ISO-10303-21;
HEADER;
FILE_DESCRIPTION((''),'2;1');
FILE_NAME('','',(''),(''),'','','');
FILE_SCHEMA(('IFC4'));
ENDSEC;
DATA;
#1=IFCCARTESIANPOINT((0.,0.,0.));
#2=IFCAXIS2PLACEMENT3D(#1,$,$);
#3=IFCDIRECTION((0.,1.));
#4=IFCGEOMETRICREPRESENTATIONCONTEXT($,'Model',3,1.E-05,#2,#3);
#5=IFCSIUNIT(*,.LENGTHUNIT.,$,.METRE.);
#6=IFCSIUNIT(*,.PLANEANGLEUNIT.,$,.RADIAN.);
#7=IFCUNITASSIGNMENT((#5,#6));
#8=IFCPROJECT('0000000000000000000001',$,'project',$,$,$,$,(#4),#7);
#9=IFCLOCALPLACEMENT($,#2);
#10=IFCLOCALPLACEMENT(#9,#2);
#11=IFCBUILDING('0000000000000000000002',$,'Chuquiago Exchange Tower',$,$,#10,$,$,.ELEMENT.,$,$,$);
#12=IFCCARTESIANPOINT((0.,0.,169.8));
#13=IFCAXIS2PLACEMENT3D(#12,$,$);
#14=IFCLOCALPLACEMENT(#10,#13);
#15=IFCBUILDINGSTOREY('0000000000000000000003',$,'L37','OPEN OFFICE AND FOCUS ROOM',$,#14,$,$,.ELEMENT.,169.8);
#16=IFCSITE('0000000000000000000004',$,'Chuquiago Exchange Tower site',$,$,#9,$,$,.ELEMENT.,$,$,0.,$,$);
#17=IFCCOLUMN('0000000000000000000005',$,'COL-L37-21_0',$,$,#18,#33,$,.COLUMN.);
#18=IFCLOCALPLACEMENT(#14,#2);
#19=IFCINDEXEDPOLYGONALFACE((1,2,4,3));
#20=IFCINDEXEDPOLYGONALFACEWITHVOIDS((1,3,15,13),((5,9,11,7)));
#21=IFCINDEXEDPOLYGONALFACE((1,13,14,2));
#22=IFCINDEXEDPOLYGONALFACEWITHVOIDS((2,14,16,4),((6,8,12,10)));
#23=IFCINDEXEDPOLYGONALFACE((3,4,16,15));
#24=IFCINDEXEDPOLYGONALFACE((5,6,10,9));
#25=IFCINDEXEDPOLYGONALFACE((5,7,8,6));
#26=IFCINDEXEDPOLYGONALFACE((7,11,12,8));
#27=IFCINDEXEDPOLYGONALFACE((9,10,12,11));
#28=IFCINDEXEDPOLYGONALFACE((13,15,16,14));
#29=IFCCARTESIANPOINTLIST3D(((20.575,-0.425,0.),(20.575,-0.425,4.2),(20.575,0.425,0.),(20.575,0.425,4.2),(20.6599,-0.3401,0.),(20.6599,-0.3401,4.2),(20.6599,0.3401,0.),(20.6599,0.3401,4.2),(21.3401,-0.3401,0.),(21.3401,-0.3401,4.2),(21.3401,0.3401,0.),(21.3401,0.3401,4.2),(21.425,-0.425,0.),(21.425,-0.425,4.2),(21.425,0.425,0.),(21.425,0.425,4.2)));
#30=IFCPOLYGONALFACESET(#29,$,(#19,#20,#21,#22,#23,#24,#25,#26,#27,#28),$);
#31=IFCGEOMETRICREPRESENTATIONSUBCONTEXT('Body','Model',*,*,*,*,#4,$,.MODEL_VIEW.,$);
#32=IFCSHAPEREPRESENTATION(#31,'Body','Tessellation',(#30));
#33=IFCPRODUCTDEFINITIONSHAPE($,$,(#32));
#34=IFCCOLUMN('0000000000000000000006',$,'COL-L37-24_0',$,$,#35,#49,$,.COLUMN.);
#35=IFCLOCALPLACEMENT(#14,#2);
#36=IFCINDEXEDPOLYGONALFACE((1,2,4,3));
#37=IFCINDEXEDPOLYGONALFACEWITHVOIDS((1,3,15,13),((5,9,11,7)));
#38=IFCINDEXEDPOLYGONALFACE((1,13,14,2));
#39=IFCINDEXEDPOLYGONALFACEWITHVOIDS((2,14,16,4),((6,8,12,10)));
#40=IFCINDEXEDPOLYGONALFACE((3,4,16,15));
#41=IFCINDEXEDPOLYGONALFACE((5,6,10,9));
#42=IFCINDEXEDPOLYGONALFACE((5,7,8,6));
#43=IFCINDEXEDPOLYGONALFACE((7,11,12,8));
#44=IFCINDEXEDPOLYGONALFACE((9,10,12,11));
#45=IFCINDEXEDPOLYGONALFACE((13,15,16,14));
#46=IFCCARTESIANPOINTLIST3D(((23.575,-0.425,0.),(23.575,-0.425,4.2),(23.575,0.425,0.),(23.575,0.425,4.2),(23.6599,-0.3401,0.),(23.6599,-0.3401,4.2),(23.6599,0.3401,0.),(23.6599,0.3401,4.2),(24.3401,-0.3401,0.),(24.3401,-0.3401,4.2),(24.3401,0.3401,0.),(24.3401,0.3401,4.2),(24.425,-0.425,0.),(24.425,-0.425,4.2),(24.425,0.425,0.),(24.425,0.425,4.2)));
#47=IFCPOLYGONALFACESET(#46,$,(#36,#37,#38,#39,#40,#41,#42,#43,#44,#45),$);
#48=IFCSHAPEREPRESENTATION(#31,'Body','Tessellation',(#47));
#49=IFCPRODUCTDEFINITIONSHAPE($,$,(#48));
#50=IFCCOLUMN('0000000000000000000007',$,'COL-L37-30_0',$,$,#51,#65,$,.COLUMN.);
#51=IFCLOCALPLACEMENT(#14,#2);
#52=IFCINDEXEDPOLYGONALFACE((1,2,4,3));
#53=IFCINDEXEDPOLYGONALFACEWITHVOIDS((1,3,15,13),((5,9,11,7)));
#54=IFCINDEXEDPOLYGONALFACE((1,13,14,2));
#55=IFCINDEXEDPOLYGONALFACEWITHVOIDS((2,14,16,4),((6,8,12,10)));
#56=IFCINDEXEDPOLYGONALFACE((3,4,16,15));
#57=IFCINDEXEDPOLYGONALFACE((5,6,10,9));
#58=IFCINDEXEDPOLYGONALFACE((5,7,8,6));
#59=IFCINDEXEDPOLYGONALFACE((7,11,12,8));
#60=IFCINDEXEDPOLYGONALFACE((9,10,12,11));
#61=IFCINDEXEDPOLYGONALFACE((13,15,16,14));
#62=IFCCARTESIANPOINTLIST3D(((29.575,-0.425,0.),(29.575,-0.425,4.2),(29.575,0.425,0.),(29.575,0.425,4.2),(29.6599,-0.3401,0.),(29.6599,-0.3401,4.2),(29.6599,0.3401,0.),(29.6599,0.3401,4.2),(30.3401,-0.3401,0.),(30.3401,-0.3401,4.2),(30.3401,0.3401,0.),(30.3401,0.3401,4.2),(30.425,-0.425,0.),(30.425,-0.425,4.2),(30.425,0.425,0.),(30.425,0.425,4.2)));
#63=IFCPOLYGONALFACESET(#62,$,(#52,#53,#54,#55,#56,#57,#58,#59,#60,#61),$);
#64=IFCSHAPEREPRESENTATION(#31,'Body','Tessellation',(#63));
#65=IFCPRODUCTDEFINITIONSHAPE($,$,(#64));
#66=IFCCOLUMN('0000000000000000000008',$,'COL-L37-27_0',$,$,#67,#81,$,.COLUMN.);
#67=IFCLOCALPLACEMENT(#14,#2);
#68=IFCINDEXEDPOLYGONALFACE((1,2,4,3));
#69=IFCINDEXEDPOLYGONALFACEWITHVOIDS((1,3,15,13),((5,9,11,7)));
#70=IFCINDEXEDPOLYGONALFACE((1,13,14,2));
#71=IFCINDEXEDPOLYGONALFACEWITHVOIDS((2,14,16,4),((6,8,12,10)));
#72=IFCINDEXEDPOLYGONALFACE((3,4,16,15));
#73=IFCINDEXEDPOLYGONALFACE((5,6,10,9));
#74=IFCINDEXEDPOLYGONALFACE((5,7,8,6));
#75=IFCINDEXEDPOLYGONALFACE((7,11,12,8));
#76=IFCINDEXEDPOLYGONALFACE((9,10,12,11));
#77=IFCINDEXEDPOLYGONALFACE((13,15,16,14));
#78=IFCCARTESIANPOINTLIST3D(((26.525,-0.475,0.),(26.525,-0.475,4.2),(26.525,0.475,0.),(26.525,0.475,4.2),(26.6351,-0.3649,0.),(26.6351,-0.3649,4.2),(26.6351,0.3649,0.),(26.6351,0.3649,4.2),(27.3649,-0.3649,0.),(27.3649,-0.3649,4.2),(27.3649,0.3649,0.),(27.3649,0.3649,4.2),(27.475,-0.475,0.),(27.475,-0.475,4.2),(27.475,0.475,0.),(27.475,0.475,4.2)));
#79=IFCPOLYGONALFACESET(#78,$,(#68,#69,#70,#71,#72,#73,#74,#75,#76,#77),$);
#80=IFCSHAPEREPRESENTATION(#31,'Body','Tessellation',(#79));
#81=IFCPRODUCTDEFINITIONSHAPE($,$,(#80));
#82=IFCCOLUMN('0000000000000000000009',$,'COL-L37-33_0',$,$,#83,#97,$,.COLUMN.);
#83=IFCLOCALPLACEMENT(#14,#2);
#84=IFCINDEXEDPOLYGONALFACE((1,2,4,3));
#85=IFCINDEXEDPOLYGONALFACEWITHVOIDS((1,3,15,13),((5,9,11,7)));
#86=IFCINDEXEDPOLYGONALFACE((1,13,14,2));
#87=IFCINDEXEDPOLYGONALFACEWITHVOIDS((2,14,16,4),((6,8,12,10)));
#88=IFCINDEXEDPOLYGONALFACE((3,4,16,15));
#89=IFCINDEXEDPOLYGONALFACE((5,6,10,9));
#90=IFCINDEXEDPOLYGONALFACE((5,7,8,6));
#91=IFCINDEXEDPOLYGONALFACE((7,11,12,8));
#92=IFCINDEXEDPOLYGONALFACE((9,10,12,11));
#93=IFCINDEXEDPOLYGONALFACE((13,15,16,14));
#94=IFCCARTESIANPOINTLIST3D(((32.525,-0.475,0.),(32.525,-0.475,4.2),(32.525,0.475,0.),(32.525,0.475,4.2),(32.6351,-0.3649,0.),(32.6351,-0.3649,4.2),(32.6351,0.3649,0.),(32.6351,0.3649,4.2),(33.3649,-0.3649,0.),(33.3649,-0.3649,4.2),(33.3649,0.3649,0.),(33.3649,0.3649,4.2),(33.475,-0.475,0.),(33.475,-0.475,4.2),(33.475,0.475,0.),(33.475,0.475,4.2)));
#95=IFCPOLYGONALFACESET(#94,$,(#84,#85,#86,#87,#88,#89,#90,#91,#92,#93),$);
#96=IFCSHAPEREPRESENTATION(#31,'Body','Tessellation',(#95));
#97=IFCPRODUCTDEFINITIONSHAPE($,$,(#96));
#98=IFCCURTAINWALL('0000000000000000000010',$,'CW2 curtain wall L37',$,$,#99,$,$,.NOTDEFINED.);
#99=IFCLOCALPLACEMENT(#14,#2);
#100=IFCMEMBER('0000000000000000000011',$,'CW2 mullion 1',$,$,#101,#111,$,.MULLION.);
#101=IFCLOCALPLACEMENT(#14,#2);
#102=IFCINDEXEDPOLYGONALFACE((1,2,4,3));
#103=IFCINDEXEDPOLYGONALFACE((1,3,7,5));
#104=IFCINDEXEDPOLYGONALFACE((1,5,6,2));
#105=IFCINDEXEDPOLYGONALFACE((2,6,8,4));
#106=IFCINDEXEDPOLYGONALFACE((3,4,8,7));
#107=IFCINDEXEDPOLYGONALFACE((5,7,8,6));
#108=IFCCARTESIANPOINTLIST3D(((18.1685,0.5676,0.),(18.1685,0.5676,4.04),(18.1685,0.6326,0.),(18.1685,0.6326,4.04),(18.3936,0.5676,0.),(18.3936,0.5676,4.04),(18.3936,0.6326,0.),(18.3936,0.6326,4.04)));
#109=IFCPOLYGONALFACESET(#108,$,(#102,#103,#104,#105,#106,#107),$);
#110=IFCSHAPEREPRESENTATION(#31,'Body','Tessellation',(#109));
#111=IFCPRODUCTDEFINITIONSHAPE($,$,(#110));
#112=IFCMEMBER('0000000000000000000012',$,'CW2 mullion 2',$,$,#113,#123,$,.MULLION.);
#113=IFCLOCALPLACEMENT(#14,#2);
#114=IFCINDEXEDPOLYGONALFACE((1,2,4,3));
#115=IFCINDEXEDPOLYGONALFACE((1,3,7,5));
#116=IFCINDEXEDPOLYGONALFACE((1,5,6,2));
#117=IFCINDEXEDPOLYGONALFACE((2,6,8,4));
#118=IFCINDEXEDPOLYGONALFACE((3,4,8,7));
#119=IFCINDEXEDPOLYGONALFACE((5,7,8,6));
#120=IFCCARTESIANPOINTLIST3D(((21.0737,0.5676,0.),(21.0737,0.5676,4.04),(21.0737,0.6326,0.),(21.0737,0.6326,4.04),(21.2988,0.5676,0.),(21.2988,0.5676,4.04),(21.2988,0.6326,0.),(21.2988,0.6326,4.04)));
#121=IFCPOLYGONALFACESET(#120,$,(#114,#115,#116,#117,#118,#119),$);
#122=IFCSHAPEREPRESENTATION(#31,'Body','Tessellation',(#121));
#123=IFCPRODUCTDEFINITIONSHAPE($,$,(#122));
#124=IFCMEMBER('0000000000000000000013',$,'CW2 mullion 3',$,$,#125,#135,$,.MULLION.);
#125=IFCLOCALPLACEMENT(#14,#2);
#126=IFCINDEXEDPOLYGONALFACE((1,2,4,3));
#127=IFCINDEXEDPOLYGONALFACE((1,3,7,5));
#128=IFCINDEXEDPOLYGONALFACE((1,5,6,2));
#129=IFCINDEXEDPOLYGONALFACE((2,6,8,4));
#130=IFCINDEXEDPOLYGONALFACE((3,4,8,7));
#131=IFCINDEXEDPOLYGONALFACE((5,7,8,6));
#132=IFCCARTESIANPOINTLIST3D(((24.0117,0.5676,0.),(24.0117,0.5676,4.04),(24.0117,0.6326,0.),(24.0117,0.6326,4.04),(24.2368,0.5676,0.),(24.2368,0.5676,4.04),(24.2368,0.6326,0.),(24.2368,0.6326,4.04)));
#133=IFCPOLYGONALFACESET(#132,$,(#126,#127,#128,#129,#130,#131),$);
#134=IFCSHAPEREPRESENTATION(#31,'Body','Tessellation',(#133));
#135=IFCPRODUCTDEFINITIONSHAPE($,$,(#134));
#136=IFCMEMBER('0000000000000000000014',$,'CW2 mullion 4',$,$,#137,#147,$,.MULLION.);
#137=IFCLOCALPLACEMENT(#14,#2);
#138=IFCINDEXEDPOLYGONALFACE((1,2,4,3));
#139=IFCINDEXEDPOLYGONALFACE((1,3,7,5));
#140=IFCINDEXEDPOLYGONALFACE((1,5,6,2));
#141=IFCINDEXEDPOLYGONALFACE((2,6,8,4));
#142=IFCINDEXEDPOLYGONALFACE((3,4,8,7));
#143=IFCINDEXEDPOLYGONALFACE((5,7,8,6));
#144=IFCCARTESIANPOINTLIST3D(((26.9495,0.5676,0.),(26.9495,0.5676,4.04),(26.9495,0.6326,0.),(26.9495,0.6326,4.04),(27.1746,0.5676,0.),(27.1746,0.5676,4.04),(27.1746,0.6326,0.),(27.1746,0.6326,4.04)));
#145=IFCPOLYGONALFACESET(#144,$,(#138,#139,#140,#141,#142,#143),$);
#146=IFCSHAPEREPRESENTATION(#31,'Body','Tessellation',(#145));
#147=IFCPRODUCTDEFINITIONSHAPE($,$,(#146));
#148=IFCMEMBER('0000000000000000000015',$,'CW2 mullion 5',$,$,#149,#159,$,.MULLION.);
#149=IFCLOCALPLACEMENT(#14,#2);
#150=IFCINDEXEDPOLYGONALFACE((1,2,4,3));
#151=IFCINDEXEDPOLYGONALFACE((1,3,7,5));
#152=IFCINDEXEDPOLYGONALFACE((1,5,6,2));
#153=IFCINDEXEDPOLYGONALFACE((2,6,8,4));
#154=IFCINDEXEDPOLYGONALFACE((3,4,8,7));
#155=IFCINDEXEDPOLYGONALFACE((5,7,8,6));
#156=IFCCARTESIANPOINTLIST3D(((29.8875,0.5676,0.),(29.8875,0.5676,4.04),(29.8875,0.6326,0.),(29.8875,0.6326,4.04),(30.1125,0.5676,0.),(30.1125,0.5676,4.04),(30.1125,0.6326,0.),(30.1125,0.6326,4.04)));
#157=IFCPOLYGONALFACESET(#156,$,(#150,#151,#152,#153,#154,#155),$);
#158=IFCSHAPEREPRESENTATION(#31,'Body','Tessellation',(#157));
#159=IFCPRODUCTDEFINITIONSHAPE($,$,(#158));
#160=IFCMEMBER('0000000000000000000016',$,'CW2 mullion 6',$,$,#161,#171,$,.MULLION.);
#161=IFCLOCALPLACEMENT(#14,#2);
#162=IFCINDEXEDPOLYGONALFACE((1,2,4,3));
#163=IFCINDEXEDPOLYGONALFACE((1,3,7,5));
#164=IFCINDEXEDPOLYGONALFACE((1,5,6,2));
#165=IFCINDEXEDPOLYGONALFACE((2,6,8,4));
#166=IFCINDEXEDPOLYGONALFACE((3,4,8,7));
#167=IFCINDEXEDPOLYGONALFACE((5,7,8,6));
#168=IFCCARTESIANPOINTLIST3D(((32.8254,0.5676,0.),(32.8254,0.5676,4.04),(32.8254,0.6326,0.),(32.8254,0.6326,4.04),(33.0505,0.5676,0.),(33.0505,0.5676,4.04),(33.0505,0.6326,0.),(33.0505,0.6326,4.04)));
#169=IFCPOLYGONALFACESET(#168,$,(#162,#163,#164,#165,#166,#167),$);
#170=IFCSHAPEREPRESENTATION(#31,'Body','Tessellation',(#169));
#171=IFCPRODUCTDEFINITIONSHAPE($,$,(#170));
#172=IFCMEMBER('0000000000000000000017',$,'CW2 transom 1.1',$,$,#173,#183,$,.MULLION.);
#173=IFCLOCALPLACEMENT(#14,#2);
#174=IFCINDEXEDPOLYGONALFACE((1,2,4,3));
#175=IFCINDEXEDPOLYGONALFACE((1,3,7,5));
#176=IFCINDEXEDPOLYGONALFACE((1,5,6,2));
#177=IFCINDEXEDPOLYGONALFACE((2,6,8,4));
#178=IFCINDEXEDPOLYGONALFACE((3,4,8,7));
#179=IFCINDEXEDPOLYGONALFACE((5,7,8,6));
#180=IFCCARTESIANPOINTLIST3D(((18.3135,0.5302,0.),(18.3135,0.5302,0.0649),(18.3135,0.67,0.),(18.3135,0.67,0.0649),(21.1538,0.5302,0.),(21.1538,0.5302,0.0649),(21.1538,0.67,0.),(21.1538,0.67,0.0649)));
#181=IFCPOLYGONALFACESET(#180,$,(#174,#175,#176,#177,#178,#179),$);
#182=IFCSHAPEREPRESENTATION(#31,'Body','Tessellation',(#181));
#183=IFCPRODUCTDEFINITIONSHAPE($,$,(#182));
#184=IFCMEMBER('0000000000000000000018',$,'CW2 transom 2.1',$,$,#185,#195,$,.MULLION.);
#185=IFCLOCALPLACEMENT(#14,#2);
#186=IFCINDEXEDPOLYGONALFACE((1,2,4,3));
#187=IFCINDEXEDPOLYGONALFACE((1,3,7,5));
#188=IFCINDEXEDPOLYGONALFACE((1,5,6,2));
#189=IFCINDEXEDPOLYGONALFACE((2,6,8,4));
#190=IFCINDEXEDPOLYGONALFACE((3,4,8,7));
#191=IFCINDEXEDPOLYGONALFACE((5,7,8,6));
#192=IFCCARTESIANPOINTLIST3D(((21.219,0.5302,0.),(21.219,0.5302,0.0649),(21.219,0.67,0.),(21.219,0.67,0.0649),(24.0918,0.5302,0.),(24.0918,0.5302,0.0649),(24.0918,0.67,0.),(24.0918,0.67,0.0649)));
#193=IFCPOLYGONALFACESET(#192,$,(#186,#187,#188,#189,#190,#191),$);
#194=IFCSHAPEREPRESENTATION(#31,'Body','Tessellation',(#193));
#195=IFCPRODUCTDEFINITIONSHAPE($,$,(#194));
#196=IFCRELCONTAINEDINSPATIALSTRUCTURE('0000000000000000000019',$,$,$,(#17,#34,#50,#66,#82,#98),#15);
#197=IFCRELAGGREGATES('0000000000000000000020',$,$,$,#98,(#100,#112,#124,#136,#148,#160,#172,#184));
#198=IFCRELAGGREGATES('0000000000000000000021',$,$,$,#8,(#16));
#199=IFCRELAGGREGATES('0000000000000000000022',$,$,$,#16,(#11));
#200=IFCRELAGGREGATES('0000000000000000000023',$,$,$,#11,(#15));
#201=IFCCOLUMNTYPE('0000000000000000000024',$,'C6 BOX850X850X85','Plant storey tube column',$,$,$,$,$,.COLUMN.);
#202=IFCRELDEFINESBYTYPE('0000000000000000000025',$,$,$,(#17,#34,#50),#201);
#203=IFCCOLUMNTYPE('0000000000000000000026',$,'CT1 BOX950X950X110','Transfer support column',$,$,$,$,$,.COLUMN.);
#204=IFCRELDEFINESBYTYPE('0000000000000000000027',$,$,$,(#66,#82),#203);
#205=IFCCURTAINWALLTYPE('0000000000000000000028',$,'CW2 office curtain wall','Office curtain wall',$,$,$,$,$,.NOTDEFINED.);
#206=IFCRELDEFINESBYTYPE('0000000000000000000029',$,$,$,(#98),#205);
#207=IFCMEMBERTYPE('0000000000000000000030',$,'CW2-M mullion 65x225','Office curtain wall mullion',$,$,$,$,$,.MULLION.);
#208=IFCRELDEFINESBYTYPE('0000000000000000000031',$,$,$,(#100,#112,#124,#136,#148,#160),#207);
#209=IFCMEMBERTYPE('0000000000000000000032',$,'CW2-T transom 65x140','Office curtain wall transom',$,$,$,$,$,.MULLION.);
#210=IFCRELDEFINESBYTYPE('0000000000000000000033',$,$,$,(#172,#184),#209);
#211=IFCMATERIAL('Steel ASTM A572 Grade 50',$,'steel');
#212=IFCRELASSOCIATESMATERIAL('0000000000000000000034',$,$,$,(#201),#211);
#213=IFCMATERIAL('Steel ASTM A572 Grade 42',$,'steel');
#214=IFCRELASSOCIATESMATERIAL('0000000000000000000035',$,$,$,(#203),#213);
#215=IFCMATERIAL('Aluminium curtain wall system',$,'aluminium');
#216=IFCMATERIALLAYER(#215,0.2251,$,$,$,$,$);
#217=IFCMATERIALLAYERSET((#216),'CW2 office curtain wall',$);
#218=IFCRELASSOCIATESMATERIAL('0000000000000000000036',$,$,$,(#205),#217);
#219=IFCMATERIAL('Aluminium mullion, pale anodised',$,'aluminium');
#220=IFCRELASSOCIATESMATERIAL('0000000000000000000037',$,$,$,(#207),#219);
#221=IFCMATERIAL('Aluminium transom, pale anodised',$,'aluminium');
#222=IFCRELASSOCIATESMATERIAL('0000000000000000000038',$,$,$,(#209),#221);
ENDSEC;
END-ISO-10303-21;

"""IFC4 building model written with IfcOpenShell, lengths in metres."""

from ifc_helpers import new_model, si_unit, direction, frame, origin, origin_2d, place, context, subcontext, project, spatial, rectangle, hollow_rectangle, extrude, material, layer, layer_set, material_profile, profile_set, type_object, element, aggregate, save


model = new_model("IFC4")

# Units and contexts
model_context = context("Model", 3, precision=1e-05, world=origin(), true_north=direction((0.0, 1.0)))
body_context = subcontext(model_context, "Body", "Model", "MODEL_VIEW")
ifc_project = project(units=[si_unit("LENGTHUNIT", "METRE"), si_unit("PLANEANGLEUNIT", "RADIAN")], contexts=[model_context])

# Site, building, storey
site_placement = place(None, origin())
site = spatial("IfcSite", under=ifc_project, at=site_placement, Name="Chuquiago Exchange Tower site", CompositionType="ELEMENT", RefElevation=0.0)
building_placement = place(site_placement, origin())
building = spatial("IfcBuilding", under=site, at=building_placement, Name="Chuquiago Exchange Tower", CompositionType="ELEMENT")
storey_placement = place(building_placement, frame((0.0, 0.0, 169.8)))
storey = spatial("IfcBuildingStorey", under=building, at=storey_placement, Name="L37", Description="OPEN OFFICE AND FOCUS ROOM", CompositionType="ELEMENT", Elevation=169.8)

# Columns
ifc_material_1 = material(Name="Steel ASTM A572 Grade 50", Category="steel")
ifc_material_profile_1 = material_profile(ifc_material_1, hollow_rectangle(XDim=0.8501, YDim=0.8501, WallThickness=0.085, at=origin_2d()), Name="BOX850X850X85")
ifc_profile_set_1 = profile_set([ifc_material_profile_1], Name="Steel ASTM A572 Grade 50")
column_type_1 = type_object("IfcColumnType", Name="C6 BOX850X850X85", Description="Plant storey tube column", PredefinedType="COLUMN", material=ifc_profile_set_1)
for number, where, z_axis, x_axis, name in (
    (1, (21.0, 0.0, 0.0), (0.0, 0.0, 1.0), (0.0, -1.0, 0.0), "COL-L37-21_0"),
    (2, (24.0, 0.0, 0.0), (0.0, 0.0, 1.0), (0.0, -1.0, 0.0), "COL-L37-24_0"),
    (3, (30.0, 0.0, 0.0), (0.0, 0.0, 1.0), (0.0, -1.0, 0.0), "COL-L37-30_0"),
):
    element("IfcColumn", number, at=place(storey_placement, frame(where, z_axis=z_axis, x_axis=x_axis)), inside=storey, type_object=column_type_1, Name=name, PredefinedType="COLUMN", context=body_context, shape_type="SweptSolid", body=[
        extrude(hollow_rectangle(XDim=0.8501, YDim=0.8501, WallThickness=0.085, at=origin_2d()), origin(), (0.0, 0.0, 1.0), 4.2),
    ])
ifc_material_2 = material(Name="Steel ASTM A572 Grade 42", Category="steel")
ifc_material_profile_2 = material_profile(ifc_material_2, hollow_rectangle(XDim=0.95, YDim=0.95, WallThickness=0.1101, at=origin_2d()), Name="BOX950X950X110")
ifc_profile_set_2 = profile_set([ifc_material_profile_2], Name="Steel ASTM A572 Grade 42")
column_type_2 = type_object("IfcColumnType", Name="CT1 BOX950X950X110", Description="Transfer support column", PredefinedType="COLUMN", material=ifc_profile_set_2)
for number, where, z_axis, x_axis, name in (
    (4, (27.0, 0.0, 0.0), (0.0, 0.0, 1.0), (0.0, -1.0, 0.0), "COL-L37-27_0"),
    (5, (33.0, 0.0, 0.0), (0.0, 0.0, 1.0), (0.0, -1.0, 0.0), "COL-L37-33_0"),
):
    element("IfcColumn", number, at=place(storey_placement, frame(where, z_axis=z_axis, x_axis=x_axis)), inside=storey, type_object=column_type_2, Name=name, PredefinedType="COLUMN", context=body_context, shape_type="SweptSolid", body=[
        extrude(hollow_rectangle(XDim=0.95, YDim=0.95, WallThickness=0.1101, at=origin_2d()), origin(), (0.0, 0.0, 1.0), 4.2),
    ])

# Curtain wall, members
ifc_material_3 = material(Name="Aluminium curtain wall system", Category="aluminium")
ifc_layer_1 = layer(ifc_material_3, 0.2251)
ifc_layer_set_1 = layer_set([ifc_layer_1], Name="CW2 office curtain wall")
curtain_wall_type_1 = type_object("IfcCurtainWallType", Name="CW2 office curtain wall", Description="Office curtain wall", PredefinedType="NOTDEFINED", material=ifc_layer_set_1)
curtain_wall_1_placement = place(storey_placement, origin())
curtain_wall_1 = element("IfcCurtainWall", 6, at=curtain_wall_1_placement, inside=storey, type_object=curtain_wall_type_1, Name="CW2 curtain wall L37", PredefinedType="NOTDEFINED")
ifc_material_4 = material(Name="Aluminium mullion, pale anodised", Category="aluminium")
ifc_material_profile_3 = material_profile(ifc_material_4, rectangle(XDim=0.0649, YDim=0.2251, at=origin_2d()), Name="AL 65x225")
ifc_profile_set_3 = profile_set([ifc_material_profile_3], Name="Aluminium mullion, pale anodised")
member_type_1 = type_object("IfcMemberType", Name="CW2-M mullion 65x225", Description="Office curtain wall mullion", PredefinedType="MULLION", material=ifc_profile_set_3)
member_1_placement = place(storey_placement, frame((18.281, 0.6001, 0.0), z_axis=(0.0, 0.0, 1.0), x_axis=(0.0, 1.0, 0.0)))
member_1 = element("IfcMember", 7, at=member_1_placement, type_object=member_type_1, Name="CW2 mullion 1", PredefinedType="MULLION", context=body_context, shape_type="SweptSolid", body=[
    extrude(rectangle(XDim=0.0649, YDim=0.2251, at=origin_2d()), origin(), (0.0, 0.0, 1.0), 4.04),
])
member_2_placement = place(storey_placement, frame((21.1863, 0.6001, 0.0), z_axis=(0.0, 0.0, 1.0), x_axis=(0.0, 1.0, 0.0)))
member_2 = element("IfcMember", 8, at=member_2_placement, type_object=member_type_1, Name="CW2 mullion 2", PredefinedType="MULLION", context=body_context, shape_type="SweptSolid", body=[
    extrude(rectangle(XDim=0.0649, YDim=0.2251, at=origin_2d()), origin(), (0.0, 0.0, 1.0), 4.04),
])
member_3_placement = place(storey_placement, frame((24.1243, 0.6001, 0.0), z_axis=(0.0, 0.0, 1.0), x_axis=(0.0, 1.0, 0.0)))
member_3 = element("IfcMember", 9, at=member_3_placement, type_object=member_type_1, Name="CW2 mullion 3", PredefinedType="MULLION", context=body_context, shape_type="SweptSolid", body=[
    extrude(rectangle(XDim=0.0649, YDim=0.2251, at=origin_2d()), origin(), (0.0, 0.0, 1.0), 4.04),
])
member_4_placement = place(storey_placement, frame((27.062, 0.6001, 0.0), z_axis=(0.0, 0.0, 1.0), x_axis=(0.0, 1.0, 0.0)))
member_4 = element("IfcMember", 10, at=member_4_placement, type_object=member_type_1, Name="CW2 mullion 4", PredefinedType="MULLION", context=body_context, shape_type="SweptSolid", body=[
    extrude(rectangle(XDim=0.0649, YDim=0.2251, at=origin_2d()), origin(), (0.0, 0.0, 1.0), 4.04),
])
member_5_placement = place(storey_placement, frame((30.0, 0.6001, 0.0), z_axis=(0.0, 0.0, 1.0), x_axis=(0.0, 1.0, 0.0)))
member_5 = element("IfcMember", 11, at=member_5_placement, type_object=member_type_1, Name="CW2 mullion 5", PredefinedType="MULLION", context=body_context, shape_type="SweptSolid", body=[
    extrude(rectangle(XDim=0.0649, YDim=0.2251, at=origin_2d()), origin(), (0.0, 0.0, 1.0), 4.04),
])
member_6_placement = place(storey_placement, frame((32.938, 0.6001, 0.0), z_axis=(0.0, 0.0, 1.0), x_axis=(0.0, 1.0, 0.0)))
member_6 = element("IfcMember", 12, at=member_6_placement, type_object=member_type_1, Name="CW2 mullion 6", PredefinedType="MULLION", context=body_context, shape_type="SweptSolid", body=[
    extrude(rectangle(XDim=0.0649, YDim=0.2251, at=origin_2d()), origin(), (0.0, 0.0, 1.0), 4.04),
])
ifc_material_5 = material(Name="Aluminium transom, pale anodised", Category="aluminium")
ifc_material_profile_4 = material_profile(ifc_material_5, rectangle(XDim=0.1399, YDim=0.0649, at=origin_2d()), Name="AL 140x65")
ifc_profile_set_4 = profile_set([ifc_material_profile_4], Name="Aluminium transom, pale anodised")
member_type_2 = type_object("IfcMemberType", Name="CW2-T transom 65x140", Description="Office curtain wall transom", PredefinedType="MULLION", material=ifc_profile_set_4)
member_7_placement = place(storey_placement, frame((18.3135, 0.6001, 0.0325), z_axis=(1.0, 0.0, 0.0), x_axis=(0.0, 1.0, 0.0)))
member_7 = element("IfcMember", 13, at=member_7_placement, type_object=member_type_2, Name="CW2 transom 1.1", PredefinedType="MULLION", context=body_context, shape_type="SweptSolid", body=[
    extrude(rectangle(XDim=0.1399, YDim=0.0649, at=origin_2d()), origin(), (0.0, 0.0, 1.0), 2.8403),
])
member_8_placement = place(storey_placement, frame((21.219, 0.6001, 0.0325), z_axis=(1.0, 0.0, 0.0), x_axis=(0.0, 1.0, 0.0)))
member_8 = element("IfcMember", 14, at=member_8_placement, type_object=member_type_2, Name="CW2 transom 2.1", PredefinedType="MULLION", context=body_context, shape_type="SweptSolid", body=[
    extrude(rectangle(XDim=0.1399, YDim=0.0649, at=origin_2d()), origin(), (0.0, 0.0, 1.0), 2.8728),
])

aggregate(curtain_wall_1, [member_1, member_2, member_3, member_4, member_5, member_6, member_7, member_8])

save(model, "model.ifc")
